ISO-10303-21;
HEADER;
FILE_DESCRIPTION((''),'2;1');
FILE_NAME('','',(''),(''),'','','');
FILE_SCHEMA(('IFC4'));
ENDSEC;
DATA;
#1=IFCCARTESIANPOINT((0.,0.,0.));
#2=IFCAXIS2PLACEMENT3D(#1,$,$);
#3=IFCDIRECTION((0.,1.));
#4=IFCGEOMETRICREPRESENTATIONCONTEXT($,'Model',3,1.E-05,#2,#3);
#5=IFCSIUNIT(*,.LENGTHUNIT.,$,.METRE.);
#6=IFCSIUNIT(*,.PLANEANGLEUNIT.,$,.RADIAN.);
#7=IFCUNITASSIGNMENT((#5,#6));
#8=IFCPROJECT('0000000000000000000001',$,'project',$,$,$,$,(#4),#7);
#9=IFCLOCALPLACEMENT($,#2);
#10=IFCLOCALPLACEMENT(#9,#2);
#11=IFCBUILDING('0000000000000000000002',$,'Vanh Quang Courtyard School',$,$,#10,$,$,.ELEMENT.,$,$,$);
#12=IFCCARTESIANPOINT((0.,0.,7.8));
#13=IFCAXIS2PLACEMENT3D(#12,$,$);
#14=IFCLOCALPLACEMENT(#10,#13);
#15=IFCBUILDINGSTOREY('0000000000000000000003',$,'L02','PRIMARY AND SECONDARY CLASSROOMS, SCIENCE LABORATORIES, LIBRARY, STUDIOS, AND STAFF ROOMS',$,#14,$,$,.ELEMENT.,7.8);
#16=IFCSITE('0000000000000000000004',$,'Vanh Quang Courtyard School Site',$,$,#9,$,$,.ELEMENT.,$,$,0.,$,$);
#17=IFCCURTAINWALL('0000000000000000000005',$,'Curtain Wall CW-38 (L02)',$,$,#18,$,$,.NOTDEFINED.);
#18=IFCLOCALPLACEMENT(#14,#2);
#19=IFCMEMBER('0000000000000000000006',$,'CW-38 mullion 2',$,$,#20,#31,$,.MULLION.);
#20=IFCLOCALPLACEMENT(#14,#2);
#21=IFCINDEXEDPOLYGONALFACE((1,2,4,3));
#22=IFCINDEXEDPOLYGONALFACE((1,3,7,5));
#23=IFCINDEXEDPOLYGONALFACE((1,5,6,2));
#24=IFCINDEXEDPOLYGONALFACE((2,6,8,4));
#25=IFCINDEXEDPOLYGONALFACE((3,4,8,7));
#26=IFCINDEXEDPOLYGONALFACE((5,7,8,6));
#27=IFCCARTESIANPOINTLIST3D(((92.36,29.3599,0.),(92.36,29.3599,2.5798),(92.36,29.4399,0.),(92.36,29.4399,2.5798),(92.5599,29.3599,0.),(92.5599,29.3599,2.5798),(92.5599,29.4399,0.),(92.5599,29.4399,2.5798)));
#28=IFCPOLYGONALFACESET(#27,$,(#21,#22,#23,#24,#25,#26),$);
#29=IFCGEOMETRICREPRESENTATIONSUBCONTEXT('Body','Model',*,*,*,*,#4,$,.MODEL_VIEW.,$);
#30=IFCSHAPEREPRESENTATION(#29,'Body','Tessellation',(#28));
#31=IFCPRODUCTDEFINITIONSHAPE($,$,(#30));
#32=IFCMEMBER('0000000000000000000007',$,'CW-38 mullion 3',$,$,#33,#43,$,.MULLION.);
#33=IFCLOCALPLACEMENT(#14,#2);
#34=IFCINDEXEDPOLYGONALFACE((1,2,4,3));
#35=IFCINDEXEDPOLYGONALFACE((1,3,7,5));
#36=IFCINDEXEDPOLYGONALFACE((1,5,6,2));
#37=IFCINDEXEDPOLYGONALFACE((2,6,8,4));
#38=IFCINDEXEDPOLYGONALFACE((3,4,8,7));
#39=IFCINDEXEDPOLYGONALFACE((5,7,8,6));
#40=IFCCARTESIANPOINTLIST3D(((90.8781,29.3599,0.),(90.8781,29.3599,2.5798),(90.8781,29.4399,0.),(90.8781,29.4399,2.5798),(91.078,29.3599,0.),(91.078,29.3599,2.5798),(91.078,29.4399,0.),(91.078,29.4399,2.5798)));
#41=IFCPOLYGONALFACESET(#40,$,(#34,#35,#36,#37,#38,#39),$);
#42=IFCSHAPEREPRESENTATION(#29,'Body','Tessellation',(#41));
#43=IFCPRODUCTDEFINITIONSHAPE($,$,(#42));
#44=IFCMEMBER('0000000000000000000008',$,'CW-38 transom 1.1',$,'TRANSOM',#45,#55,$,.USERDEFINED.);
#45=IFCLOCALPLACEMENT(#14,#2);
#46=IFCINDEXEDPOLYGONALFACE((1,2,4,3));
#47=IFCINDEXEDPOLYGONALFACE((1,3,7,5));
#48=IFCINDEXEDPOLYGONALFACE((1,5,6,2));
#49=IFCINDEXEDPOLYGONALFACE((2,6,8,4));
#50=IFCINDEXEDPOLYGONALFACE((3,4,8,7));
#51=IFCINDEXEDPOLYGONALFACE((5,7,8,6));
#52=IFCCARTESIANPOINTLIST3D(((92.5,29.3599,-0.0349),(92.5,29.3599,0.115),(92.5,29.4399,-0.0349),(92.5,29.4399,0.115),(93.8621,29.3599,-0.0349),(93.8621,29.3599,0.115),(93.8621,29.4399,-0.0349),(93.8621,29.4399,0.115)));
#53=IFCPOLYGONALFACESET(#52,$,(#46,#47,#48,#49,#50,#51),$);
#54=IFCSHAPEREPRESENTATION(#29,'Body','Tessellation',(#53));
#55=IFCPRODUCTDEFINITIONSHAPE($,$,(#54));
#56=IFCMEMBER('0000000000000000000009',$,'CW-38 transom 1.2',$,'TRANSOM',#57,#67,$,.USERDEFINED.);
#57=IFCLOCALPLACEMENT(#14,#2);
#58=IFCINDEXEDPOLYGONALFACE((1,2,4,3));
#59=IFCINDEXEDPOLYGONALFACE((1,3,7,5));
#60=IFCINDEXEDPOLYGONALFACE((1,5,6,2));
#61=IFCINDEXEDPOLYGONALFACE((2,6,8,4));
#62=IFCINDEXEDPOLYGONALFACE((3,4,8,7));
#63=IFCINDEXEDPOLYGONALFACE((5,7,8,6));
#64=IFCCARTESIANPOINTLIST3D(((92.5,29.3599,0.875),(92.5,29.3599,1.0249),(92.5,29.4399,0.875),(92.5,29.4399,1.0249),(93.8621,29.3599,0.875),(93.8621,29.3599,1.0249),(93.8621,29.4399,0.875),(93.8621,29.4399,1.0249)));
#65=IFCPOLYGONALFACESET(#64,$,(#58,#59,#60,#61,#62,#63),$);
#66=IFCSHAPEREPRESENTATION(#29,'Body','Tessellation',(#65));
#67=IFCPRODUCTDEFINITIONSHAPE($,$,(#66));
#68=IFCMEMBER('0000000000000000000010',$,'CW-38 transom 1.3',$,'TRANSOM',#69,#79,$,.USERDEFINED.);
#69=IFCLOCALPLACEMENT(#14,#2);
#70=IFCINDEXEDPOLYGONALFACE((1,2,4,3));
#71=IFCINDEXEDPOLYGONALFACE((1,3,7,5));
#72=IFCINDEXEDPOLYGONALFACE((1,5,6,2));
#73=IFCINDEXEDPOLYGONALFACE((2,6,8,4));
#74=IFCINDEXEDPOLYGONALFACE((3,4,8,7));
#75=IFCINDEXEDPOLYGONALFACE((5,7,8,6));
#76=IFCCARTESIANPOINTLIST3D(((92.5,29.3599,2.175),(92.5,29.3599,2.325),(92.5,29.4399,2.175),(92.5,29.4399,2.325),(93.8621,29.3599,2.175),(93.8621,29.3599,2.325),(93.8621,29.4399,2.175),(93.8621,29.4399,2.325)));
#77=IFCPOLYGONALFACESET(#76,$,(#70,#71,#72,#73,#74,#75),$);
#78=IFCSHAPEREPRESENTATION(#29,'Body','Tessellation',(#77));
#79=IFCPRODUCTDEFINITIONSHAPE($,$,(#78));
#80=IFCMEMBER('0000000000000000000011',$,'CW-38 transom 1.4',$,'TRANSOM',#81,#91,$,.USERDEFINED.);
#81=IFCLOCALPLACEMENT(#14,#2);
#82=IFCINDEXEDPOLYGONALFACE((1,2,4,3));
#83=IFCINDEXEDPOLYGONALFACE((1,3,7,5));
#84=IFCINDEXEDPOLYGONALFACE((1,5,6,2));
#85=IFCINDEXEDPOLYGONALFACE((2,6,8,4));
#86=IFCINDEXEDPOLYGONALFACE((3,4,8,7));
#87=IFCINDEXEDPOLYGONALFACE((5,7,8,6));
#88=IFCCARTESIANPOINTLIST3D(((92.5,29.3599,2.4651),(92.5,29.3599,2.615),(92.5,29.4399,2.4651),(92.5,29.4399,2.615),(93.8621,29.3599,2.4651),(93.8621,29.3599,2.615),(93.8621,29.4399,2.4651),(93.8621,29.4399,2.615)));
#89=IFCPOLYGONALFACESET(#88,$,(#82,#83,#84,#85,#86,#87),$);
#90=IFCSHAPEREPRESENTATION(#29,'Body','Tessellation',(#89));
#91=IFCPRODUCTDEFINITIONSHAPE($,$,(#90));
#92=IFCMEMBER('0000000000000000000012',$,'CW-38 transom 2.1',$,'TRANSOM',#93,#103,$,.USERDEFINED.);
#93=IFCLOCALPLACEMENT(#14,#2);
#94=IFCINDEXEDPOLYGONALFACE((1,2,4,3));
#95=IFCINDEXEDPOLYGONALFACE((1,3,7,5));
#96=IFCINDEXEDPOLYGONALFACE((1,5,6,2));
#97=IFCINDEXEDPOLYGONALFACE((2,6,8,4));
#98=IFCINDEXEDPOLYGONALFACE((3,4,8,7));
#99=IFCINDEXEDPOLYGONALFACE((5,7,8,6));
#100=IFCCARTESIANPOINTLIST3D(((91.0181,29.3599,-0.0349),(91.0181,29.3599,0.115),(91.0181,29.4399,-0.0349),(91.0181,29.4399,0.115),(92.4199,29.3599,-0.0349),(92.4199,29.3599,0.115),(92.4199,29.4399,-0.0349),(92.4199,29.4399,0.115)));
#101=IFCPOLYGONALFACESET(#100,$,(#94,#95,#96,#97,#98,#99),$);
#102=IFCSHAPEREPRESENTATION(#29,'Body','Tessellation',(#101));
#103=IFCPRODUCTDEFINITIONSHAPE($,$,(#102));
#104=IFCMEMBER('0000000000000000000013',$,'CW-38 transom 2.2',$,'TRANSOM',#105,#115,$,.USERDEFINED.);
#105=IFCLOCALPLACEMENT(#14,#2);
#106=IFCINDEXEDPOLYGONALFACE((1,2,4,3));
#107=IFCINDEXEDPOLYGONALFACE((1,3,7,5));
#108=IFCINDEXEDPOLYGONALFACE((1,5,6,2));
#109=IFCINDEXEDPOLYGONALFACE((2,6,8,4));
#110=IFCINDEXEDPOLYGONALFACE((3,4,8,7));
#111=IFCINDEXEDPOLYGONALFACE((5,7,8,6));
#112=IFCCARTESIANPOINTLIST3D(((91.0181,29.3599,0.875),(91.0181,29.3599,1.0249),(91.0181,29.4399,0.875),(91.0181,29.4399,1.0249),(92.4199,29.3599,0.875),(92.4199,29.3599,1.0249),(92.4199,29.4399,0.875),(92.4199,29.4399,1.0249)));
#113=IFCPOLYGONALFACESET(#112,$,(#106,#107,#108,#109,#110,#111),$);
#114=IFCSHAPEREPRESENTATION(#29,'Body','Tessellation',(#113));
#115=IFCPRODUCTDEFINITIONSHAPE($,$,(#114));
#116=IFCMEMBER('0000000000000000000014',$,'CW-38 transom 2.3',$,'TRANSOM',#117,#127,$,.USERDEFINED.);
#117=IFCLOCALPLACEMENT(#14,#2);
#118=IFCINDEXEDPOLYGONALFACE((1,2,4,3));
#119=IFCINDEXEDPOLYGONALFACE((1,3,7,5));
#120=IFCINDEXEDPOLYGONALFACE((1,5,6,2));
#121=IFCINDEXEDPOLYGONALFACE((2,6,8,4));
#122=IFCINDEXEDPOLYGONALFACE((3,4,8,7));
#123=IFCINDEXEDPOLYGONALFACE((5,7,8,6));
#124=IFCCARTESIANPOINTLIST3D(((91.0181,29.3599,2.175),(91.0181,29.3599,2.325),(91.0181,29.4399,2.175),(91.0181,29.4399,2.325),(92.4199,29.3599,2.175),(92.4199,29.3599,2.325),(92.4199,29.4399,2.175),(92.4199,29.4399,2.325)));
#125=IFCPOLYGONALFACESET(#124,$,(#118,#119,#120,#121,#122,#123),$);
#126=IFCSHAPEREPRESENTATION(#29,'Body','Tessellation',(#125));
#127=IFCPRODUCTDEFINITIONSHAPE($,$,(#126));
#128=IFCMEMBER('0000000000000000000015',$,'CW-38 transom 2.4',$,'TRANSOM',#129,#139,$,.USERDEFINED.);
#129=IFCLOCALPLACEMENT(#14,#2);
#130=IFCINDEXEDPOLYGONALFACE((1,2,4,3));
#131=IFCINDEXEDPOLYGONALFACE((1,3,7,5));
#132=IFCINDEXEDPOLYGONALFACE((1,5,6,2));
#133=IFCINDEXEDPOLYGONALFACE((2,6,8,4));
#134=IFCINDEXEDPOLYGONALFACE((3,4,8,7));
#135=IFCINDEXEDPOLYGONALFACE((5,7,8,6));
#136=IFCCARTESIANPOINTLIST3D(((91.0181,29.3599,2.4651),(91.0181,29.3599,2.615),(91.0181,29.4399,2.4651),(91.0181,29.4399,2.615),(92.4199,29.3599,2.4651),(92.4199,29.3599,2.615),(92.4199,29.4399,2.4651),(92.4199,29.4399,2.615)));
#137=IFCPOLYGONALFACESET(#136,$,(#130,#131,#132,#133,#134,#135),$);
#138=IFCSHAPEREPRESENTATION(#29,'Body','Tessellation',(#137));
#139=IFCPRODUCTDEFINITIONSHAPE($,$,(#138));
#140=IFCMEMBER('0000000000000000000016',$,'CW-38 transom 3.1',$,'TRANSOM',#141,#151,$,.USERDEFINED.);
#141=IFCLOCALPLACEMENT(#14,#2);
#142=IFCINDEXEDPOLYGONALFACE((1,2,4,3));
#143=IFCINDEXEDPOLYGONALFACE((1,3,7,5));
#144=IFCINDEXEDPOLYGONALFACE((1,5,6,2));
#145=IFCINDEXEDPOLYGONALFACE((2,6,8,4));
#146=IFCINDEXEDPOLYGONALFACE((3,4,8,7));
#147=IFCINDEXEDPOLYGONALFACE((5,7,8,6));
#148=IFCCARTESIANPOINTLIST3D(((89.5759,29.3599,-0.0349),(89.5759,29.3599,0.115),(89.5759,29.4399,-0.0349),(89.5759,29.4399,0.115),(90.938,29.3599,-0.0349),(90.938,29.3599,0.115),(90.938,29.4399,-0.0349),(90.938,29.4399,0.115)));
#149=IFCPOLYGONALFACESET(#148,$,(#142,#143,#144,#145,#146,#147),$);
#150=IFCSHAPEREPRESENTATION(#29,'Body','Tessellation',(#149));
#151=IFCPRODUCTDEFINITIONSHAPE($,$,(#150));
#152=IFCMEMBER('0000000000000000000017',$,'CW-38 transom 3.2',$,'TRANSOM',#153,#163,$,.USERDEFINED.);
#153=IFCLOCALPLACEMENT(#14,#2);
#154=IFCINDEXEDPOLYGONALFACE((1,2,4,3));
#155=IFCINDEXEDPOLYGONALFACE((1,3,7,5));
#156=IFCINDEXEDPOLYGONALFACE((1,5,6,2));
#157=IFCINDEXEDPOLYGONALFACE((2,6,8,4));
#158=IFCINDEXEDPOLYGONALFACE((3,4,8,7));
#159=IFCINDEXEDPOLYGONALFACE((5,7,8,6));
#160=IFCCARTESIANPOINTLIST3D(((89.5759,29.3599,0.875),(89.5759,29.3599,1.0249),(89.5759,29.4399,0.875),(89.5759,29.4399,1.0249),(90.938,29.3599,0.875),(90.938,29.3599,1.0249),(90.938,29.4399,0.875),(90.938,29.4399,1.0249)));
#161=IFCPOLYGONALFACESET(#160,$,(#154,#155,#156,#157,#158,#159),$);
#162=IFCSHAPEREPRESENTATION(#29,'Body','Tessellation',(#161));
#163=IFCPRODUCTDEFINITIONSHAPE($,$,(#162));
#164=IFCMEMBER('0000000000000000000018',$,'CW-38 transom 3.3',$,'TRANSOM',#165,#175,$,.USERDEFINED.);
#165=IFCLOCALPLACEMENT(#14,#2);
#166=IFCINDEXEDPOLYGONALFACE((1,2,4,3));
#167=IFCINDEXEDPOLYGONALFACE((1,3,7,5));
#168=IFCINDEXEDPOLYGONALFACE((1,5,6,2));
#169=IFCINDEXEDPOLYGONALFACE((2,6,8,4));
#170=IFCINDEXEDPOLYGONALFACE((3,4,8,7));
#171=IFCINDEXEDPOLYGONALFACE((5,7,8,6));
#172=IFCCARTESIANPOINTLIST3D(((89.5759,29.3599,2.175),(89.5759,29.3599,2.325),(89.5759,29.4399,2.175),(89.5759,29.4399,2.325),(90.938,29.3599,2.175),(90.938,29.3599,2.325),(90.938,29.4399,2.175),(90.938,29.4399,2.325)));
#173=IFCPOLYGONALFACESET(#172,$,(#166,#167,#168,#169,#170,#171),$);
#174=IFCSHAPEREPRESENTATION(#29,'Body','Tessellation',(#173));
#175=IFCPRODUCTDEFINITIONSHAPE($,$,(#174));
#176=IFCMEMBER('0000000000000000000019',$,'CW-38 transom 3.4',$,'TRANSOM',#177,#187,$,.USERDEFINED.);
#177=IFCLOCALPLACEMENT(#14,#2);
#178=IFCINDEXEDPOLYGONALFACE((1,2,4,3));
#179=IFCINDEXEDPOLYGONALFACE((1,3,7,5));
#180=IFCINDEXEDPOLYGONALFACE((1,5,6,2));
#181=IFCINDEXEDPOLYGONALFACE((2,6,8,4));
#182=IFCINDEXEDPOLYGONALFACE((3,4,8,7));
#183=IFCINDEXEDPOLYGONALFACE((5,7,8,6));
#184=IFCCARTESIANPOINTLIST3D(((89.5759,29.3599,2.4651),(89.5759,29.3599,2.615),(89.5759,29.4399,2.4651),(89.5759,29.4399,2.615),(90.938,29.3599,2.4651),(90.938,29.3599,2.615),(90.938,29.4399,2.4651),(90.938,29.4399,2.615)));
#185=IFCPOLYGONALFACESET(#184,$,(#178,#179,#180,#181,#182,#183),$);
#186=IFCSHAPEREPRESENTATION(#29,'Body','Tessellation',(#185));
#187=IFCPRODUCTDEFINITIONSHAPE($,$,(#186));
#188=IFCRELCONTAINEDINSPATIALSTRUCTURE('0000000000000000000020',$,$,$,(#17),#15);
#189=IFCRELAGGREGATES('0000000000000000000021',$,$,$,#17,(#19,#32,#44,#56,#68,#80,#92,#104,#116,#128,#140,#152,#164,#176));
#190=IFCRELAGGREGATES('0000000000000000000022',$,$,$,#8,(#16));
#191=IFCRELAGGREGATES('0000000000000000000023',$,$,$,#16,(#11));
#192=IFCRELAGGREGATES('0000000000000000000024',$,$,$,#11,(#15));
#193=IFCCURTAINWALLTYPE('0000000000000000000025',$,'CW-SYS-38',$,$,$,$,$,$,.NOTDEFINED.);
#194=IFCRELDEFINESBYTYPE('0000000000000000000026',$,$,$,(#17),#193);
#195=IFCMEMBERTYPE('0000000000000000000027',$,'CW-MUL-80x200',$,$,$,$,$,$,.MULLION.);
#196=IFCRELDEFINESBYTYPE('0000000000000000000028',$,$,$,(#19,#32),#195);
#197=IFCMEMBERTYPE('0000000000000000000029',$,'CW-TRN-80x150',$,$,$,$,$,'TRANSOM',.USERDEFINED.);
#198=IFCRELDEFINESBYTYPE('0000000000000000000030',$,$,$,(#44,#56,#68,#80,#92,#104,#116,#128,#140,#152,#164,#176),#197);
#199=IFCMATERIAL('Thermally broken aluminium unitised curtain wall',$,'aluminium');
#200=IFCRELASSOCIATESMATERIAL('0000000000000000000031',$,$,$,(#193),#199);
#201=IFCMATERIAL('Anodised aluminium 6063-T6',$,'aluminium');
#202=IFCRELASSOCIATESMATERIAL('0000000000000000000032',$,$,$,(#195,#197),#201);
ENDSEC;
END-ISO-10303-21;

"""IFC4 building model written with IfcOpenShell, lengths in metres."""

from ifc_helpers import new_model, si_unit, direction, frame, origin, origin_2d, place, context, subcontext, project, spatial, rectangle, extrude, material, material_profile, profile_set, type_object, element, aggregate, save


model = new_model("IFC4")

# Units and contexts
model_context = context("Model", 3, precision=1e-05, world=origin(), true_north=direction((0.0, 1.0)))
body_context = subcontext(model_context, "Body", "Model", "MODEL_VIEW")
ifc_project = project(units=[si_unit("LENGTHUNIT", "METRE"), si_unit("PLANEANGLEUNIT", "RADIAN")], contexts=[model_context])

# Site, building, storey
site_placement = place(None, origin())
site = spatial("IfcSite", under=ifc_project, at=site_placement, Name="Vanh Quang Courtyard School Site", CompositionType="ELEMENT", RefElevation=0.0)
building_placement = place(site_placement, origin())
building = spatial("IfcBuilding", under=site, at=building_placement, Name="Vanh Quang Courtyard School", CompositionType="ELEMENT")
storey_placement = place(building_placement, frame((0.0, 0.0, 7.8)))
storey = spatial("IfcBuildingStorey", under=building, at=storey_placement, Name="L02", Description="PRIMARY AND SECONDARY CLASSROOMS, SCIENCE LABORATORIES, LIBRARY, STUDIOS, AND STAFF ROOMS", CompositionType="ELEMENT", Elevation=7.8)

# Curtain wall, members
ifc_material_1 = material(Name="Thermally broken aluminium unitised curtain wall", Category="aluminium")
curtain_wall_type = type_object("IfcCurtainWallType", Name="CW-SYS-38", PredefinedType="NOTDEFINED", material=ifc_material_1)
curtain_wall_placement = place(storey_placement, origin())
curtain_wall = element("IfcCurtainWall", 1, at=curtain_wall_placement, inside=storey, type_object=curtain_wall_type, Name="Curtain Wall CW-38 (L02)", PredefinedType="NOTDEFINED")
ifc_material_2 = material(Name="Anodised aluminium 6063-T6", Category="aluminium")
ifc_material_profile_1 = material_profile(ifc_material_2, rectangle(XDim=0.0801, YDim=0.2, at=origin_2d()), Name="ALU-MUL 80x200")
ifc_profile_set_1 = profile_set([ifc_material_profile_1], Name="Anodised aluminium 6063-T6")
member_type_1 = type_object("IfcMemberType", Name="CW-MUL-80x200", PredefinedType="MULLION", material=ifc_profile_set_1)
member_1_placement = place(storey_placement, frame((92.46, 29.3999, 0.0), z_axis=(0.0, 0.0, 1.0), x_axis=(0.0, -1.0, 0.0)))
member_1 = element("IfcMember", 2, at=member_1_placement, type_object=member_type_1, Name="CW-38 mullion 2", PredefinedType="MULLION", context=body_context, shape_type="SweptSolid", body=[
    extrude(rectangle(XDim=0.0801, YDim=0.2, at=origin_2d()), origin(), (0.0, 0.0, 1.0), 2.5798),
])
member_2_placement = place(storey_placement, frame((90.978, 29.3999, 0.0), z_axis=(0.0, 0.0, 1.0), x_axis=(0.0, -1.0, 0.0)))
member_2 = element("IfcMember", 3, at=member_2_placement, type_object=member_type_1, Name="CW-38 mullion 3", PredefinedType="MULLION", context=body_context, shape_type="SweptSolid", body=[
    extrude(rectangle(XDim=0.0801, YDim=0.2, at=origin_2d()), origin(), (0.0, 0.0, 1.0), 2.5798),
])
ifc_material_profile_2 = material_profile(ifc_material_2, rectangle(XDim=0.0801, YDim=0.1499, at=origin_2d()), Name="ALU-TRN 80x150")
ifc_profile_set_2 = profile_set([ifc_material_profile_2], Name="Anodised aluminium 6063-T6")
member_type_2 = type_object("IfcMemberType", Name="CW-TRN-80x150", ElementType="TRANSOM", PredefinedType="USERDEFINED", material=ifc_profile_set_2)
member_3_placement = place(storey_placement, frame((93.8621, 29.3999, 0.04), z_axis=(-1.0, 0.0, 0.0), x_axis=(0.0, -1.0, 0.0)))
member_3 = element("IfcMember", 4, at=member_3_placement, type_object=member_type_2, Name="CW-38 transom 1.1", ObjectType="TRANSOM", PredefinedType="USERDEFINED", context=body_context, shape_type="SweptSolid", body=[
    extrude(rectangle(XDim=0.0801, YDim=0.1499, at=origin_2d()), origin(), (0.0, 0.0, 1.0), 1.3621),
])
member_4_placement = place(storey_placement, frame((93.8621, 29.3999, 0.95), z_axis=(-1.0, 0.0, 0.0), x_axis=(0.0, -1.0, 0.0)))
member_4 = element("IfcMember", 5, at=member_4_placement, type_object=member_type_2, Name="CW-38 transom 1.2", ObjectType="TRANSOM", PredefinedType="USERDEFINED", context=body_context, shape_type="SweptSolid", body=[
    extrude(rectangle(XDim=0.0801, YDim=0.1499, at=origin_2d()), origin(), (0.0, 0.0, 1.0), 1.3621),
])
member_5_placement = place(storey_placement, frame((93.8621, 29.3999, 2.25), z_axis=(-1.0, 0.0, 0.0), x_axis=(0.0, -1.0, 0.0)))
member_5 = element("IfcMember", 6, at=member_5_placement, type_object=member_type_2, Name="CW-38 transom 1.3", ObjectType="TRANSOM", PredefinedType="USERDEFINED", context=body_context, shape_type="SweptSolid", body=[
    extrude(rectangle(XDim=0.0801, YDim=0.1499, at=origin_2d()), origin(), (0.0, 0.0, 1.0), 1.3621),
])
member_6_placement = place(storey_placement, frame((93.8621, 29.3999, 2.54), z_axis=(-1.0, 0.0, 0.0), x_axis=(0.0, -1.0, 0.0)))
member_6 = element("IfcMember", 7, at=member_6_placement, type_object=member_type_2, Name="CW-38 transom 1.4", ObjectType="TRANSOM", PredefinedType="USERDEFINED", context=body_context, shape_type="SweptSolid", body=[
    extrude(rectangle(XDim=0.0801, YDim=0.1499, at=origin_2d()), origin(), (0.0, 0.0, 1.0), 1.3621),
])
member_7_placement = place(storey_placement, frame((92.4199, 29.3999, 0.04), z_axis=(-1.0, 0.0, 0.0), x_axis=(0.0, -1.0, 0.0)))
member_7 = element("IfcMember", 8, at=member_7_placement, type_object=member_type_2, Name="CW-38 transom 2.1", ObjectType="TRANSOM", PredefinedType="USERDEFINED", context=body_context, shape_type="SweptSolid", body=[
    extrude(rectangle(XDim=0.0801, YDim=0.1499, at=origin_2d()), origin(), (0.0, 0.0, 1.0), 1.4019),
])
member_8_placement = place(storey_placement, frame((92.4199, 29.3999, 0.95), z_axis=(-1.0, 0.0, 0.0), x_axis=(0.0, -1.0, 0.0)))
member_8 = element("IfcMember", 9, at=member_8_placement, type_object=member_type_2, Name="CW-38 transom 2.2", ObjectType="TRANSOM", PredefinedType="USERDEFINED", context=body_context, shape_type="SweptSolid", body=[
    extrude(rectangle(XDim=0.0801, YDim=0.1499, at=origin_2d()), origin(), (0.0, 0.0, 1.0), 1.4019),
])
member_9_placement = place(storey_placement, frame((92.4199, 29.3999, 2.25), z_axis=(-1.0, 0.0, 0.0), x_axis=(0.0, -1.0, 0.0)))
member_9 = element("IfcMember", 10, at=member_9_placement, type_object=member_type_2, Name="CW-38 transom 2.3", ObjectType="TRANSOM", PredefinedType="USERDEFINED", context=body_context, shape_type="SweptSolid", body=[
    extrude(rectangle(XDim=0.0801, YDim=0.1499, at=origin_2d()), origin(), (0.0, 0.0, 1.0), 1.4019),
])
member_10_placement = place(storey_placement, frame((92.4199, 29.3999, 2.54), z_axis=(-1.0, 0.0, 0.0), x_axis=(0.0, -1.0, 0.0)))
member_10 = element("IfcMember", 11, at=member_10_placement, type_object=member_type_2, Name="CW-38 transom 2.4", ObjectType="TRANSOM", PredefinedType="USERDEFINED", context=body_context, shape_type="SweptSolid", body=[
    extrude(rectangle(XDim=0.0801, YDim=0.1499, at=origin_2d()), origin(), (0.0, 0.0, 1.0), 1.4019),
])
member_11_placement = place(storey_placement, frame((90.938, 29.3999, 0.04), z_axis=(-1.0, 0.0, 0.0), x_axis=(0.0, -1.0, 0.0)))
member_11 = element("IfcMember", 12, at=member_11_placement, type_object=member_type_2, Name="CW-38 transom 3.1", ObjectType="TRANSOM", PredefinedType="USERDEFINED", context=body_context, shape_type="SweptSolid", body=[
    extrude(rectangle(XDim=0.0801, YDim=0.1499, at=origin_2d()), origin(), (0.0, 0.0, 1.0), 1.3621),
])
member_12_placement = place(storey_placement, frame((90.938, 29.3999, 0.95), z_axis=(-1.0, 0.0, 0.0), x_axis=(0.0, -1.0, 0.0)))
member_12 = element("IfcMember", 13, at=member_12_placement, type_object=member_type_2, Name="CW-38 transom 3.2", ObjectType="TRANSOM", PredefinedType="USERDEFINED", context=body_context, shape_type="SweptSolid", body=[
    extrude(rectangle(XDim=0.0801, YDim=0.1499, at=origin_2d()), origin(), (0.0, 0.0, 1.0), 1.3621),
])
member_13_placement = place(storey_placement, frame((90.938, 29.3999, 2.25), z_axis=(-1.0, 0.0, 0.0), x_axis=(0.0, -1.0, 0.0)))
member_13 = element("IfcMember", 14, at=member_13_placement, type_object=member_type_2, Name="CW-38 transom 3.3", ObjectType="TRANSOM", PredefinedType="USERDEFINED", context=body_context, shape_type="SweptSolid", body=[
    extrude(rectangle(XDim=0.0801, YDim=0.1499, at=origin_2d()), origin(), (0.0, 0.0, 1.0), 1.3621),
])
member_14_placement = place(storey_placement, frame((90.938, 29.3999, 2.54), z_axis=(-1.0, 0.0, 0.0), x_axis=(0.0, -1.0, 0.0)))
member_14 = element("IfcMember", 15, at=member_14_placement, type_object=member_type_2, Name="CW-38 transom 3.4", ObjectType="TRANSOM", PredefinedType="USERDEFINED", context=body_context, shape_type="SweptSolid", body=[
    extrude(rectangle(XDim=0.0801, YDim=0.1499, at=origin_2d()), origin(), (0.0, 0.0, 1.0), 1.3621),
])
aggregate(curtain_wall, [member_1, member_2, member_3, member_4, member_5, member_6, member_7, member_8, member_9, member_10, member_11, member_12, member_13, member_14])

save(model, "model.ifc")
